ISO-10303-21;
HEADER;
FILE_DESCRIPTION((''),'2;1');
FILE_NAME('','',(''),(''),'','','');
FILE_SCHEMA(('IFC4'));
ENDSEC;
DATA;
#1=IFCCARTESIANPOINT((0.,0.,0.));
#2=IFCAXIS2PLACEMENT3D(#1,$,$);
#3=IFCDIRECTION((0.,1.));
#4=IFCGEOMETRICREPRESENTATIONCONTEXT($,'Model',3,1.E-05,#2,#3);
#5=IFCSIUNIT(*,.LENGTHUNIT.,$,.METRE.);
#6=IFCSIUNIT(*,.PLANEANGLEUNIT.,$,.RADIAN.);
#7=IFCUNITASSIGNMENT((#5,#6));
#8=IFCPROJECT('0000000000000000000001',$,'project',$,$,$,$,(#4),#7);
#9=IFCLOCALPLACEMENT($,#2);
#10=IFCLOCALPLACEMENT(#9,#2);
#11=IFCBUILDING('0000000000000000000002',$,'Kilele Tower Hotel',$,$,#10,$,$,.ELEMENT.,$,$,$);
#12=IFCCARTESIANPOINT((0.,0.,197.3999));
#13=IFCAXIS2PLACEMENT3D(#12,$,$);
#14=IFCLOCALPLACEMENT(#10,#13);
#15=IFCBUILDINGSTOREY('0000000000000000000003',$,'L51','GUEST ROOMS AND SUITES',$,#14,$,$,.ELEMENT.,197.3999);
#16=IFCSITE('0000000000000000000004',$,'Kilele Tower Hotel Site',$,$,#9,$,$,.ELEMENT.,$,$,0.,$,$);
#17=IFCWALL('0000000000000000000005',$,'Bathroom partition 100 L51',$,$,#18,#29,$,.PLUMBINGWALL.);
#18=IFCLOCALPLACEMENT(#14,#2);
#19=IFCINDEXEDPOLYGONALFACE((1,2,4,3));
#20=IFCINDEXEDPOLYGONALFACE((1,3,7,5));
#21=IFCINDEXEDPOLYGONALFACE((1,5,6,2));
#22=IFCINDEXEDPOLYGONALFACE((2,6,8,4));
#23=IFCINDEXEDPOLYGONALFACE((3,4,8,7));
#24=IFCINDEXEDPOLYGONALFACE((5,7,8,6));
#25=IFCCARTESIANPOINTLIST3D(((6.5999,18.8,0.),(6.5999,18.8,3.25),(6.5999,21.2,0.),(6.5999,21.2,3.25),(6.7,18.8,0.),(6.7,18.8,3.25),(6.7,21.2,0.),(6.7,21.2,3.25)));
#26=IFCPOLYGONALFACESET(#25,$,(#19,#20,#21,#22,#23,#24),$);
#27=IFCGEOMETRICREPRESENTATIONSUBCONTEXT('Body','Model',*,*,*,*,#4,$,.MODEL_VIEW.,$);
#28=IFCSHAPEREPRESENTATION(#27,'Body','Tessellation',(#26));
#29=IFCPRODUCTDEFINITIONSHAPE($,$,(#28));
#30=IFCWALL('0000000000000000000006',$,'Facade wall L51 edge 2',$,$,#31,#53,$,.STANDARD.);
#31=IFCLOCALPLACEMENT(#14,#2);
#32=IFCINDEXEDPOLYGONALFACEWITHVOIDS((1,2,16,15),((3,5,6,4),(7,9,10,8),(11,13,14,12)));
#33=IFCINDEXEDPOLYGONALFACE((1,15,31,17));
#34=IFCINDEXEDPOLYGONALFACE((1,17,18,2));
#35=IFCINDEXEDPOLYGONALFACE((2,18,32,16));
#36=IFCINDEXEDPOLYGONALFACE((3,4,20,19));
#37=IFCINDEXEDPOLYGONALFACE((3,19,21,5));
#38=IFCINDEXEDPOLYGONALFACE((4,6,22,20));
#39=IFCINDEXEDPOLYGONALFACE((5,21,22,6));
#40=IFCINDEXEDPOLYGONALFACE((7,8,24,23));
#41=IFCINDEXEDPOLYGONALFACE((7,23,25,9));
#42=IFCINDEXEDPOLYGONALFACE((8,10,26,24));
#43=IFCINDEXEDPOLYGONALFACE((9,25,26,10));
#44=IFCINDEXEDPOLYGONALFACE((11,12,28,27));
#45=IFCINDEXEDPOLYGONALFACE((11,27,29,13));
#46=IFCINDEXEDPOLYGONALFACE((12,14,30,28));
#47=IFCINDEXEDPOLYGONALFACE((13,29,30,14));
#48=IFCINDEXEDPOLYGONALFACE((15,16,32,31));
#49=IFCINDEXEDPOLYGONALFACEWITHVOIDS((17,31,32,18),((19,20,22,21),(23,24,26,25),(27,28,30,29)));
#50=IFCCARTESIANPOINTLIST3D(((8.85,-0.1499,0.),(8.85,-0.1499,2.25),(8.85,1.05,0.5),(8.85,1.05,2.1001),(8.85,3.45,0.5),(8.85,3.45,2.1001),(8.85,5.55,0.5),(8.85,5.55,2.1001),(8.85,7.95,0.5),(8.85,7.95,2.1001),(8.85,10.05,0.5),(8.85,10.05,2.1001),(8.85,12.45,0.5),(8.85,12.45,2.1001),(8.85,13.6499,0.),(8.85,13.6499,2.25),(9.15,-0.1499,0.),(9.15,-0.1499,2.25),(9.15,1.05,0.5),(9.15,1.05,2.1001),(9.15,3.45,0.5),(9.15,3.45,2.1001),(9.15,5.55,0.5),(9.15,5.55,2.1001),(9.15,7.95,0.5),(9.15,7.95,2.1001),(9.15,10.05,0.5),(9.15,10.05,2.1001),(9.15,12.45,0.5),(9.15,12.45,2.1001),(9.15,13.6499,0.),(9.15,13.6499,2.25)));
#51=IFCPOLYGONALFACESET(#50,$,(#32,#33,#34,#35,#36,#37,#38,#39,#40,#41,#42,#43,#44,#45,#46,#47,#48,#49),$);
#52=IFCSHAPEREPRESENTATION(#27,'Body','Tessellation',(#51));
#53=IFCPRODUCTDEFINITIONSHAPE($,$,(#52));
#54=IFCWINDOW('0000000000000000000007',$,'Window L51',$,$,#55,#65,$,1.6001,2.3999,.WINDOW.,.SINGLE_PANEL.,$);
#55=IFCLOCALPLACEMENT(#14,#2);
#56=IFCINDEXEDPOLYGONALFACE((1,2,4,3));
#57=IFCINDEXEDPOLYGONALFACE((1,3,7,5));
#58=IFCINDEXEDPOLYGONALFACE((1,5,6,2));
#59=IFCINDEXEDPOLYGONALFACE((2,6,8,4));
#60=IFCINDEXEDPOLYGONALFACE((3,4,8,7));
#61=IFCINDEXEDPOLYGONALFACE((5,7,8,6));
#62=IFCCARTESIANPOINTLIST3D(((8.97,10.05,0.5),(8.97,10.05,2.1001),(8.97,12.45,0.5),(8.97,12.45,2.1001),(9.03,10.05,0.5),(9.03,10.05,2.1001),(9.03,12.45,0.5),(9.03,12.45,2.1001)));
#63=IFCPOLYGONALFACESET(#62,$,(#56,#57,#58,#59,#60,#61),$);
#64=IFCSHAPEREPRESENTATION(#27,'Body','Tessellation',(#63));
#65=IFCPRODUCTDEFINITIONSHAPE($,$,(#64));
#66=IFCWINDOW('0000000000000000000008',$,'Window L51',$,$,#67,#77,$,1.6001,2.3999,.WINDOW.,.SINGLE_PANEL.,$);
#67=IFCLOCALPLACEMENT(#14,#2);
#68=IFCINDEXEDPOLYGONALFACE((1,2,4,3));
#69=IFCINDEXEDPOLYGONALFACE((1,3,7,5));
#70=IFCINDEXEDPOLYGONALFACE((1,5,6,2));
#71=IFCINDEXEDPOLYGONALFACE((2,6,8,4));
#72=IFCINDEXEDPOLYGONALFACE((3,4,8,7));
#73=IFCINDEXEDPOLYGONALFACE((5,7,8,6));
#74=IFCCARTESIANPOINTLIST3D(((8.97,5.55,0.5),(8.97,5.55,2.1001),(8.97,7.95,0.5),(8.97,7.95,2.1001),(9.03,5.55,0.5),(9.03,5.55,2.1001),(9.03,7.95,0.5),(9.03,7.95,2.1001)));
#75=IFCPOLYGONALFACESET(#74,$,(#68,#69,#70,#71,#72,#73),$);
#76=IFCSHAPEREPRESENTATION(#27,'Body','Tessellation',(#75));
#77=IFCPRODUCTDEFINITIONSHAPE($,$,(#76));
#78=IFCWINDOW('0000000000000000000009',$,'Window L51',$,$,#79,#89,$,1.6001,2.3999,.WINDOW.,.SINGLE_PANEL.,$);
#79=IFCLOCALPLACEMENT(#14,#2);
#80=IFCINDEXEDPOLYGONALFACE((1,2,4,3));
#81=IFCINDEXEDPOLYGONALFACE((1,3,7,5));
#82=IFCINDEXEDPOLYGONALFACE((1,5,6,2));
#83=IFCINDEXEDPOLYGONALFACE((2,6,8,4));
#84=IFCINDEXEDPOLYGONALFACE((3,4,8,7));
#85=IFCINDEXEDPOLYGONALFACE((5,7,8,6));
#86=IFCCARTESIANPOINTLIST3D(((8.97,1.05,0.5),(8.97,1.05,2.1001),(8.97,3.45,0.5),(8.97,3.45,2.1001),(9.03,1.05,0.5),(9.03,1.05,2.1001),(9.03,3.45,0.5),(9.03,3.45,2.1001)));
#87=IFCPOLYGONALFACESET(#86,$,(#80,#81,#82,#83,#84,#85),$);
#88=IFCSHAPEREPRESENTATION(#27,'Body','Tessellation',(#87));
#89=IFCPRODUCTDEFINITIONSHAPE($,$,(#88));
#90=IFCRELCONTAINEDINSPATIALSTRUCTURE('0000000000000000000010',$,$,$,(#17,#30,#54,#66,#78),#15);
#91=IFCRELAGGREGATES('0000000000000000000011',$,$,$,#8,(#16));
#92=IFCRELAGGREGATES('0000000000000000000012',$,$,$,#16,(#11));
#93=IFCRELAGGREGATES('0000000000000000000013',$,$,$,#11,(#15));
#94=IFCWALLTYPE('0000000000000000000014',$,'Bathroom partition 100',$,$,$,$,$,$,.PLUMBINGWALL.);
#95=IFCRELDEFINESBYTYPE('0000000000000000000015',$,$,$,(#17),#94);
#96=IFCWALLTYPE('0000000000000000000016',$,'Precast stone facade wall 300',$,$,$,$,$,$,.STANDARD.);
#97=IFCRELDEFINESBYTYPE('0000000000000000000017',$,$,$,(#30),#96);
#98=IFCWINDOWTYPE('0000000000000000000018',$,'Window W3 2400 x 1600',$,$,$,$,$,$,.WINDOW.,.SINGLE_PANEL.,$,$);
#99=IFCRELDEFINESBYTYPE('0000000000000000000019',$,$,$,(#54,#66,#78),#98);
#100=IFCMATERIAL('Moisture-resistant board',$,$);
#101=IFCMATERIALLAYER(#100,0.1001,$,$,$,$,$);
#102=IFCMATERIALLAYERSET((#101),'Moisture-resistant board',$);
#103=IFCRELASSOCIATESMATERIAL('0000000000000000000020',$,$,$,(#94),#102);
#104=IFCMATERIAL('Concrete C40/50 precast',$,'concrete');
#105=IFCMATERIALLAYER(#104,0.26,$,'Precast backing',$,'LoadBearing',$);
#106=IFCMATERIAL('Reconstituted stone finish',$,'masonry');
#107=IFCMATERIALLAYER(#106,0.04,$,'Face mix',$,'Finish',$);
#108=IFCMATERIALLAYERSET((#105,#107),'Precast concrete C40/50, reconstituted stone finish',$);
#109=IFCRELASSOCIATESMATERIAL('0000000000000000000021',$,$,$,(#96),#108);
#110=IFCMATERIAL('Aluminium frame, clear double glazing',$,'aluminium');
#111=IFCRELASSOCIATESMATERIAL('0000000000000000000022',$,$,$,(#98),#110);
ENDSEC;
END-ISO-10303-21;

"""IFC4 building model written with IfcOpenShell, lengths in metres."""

from ifc_helpers import new_model, si_unit, direction, frame, frame_2d, origin, place, context, subcontext, project, spatial, rectangle, extrude, material, layer, layer_set, type_object, element, fill, save


model = new_model("IFC4")

# Units and contexts
model_context = context("Model", 3, precision=1e-05, world=origin(), true_north=direction((0.0, 1.0)))
body_context = subcontext(model_context, "Body", "Model", "MODEL_VIEW")
ifc_project = project(units=[si_unit("LENGTHUNIT", "METRE"), si_unit("PLANEANGLEUNIT", "RADIAN")], contexts=[model_context])

# Site, building, storey
site_placement = place(None, origin())
site = spatial("IfcSite", under=ifc_project, at=site_placement, Name="Kilele Tower Hotel Site", CompositionType="ELEMENT", RefElevation=0.0)
building_placement = place(site_placement, origin())
building = spatial("IfcBuilding", under=site, at=building_placement, Name="Kilele Tower Hotel", CompositionType="ELEMENT")
storey_placement = place(building_placement, frame((0.0, 0.0, 197.3999)))
storey = spatial("IfcBuildingStorey", under=building, at=storey_placement, Name="L51", Description="GUEST ROOMS AND SUITES", CompositionType="ELEMENT", Elevation=197.3999)

# Shared definitions
ifc_material_1 = material(Name="Moisture-resistant board")
ifc_layer_1 = layer(ifc_material_1, 0.1001)
ifc_layer_set_1 = layer_set([ifc_layer_1], Name="Moisture-resistant board")
wall_type_1 = type_object("IfcWallType", Name="Bathroom partition 100", PredefinedType="PLUMBINGWALL", material=ifc_layer_set_1)

# Wall
for number, where, z_axis, x_axis, name in (
    (1, (6.6499, 18.8, 0.0), (0.0, 0.0, 1.0), (0.0, 1.0, 0.0), "Bathroom partition 100 L51"),
):
    element("IfcWall", number, at=place(storey_placement, frame(where, z_axis=z_axis, x_axis=x_axis)), inside=storey, type_object=wall_type_1, Name=name, PredefinedType="PLUMBINGWALL", context=body_context, shape_type="SweptSolid", body=[
        extrude(rectangle(XDim=2.3999, YDim=0.1001, at=frame_2d((1.2, 0.0))), origin(), (0.0, 0.0, 1.0), 3.25),
    ])

# Wall, openings, windows
ifc_material_2 = material(Name="Concrete C40/50 precast", Category="concrete")
ifc_layer_2 = layer(ifc_material_2, 0.26, Name="Precast backing", Category="LoadBearing")
ifc_material_3 = material(Name="Reconstituted stone finish", Category="masonry")
ifc_layer_3 = layer(ifc_material_3, 0.04, Name="Face mix", Category="Finish")
ifc_layer_set_2 = layer_set([ifc_layer_2, ifc_layer_3], Name="Precast concrete C40/50, reconstituted stone finish")
wall_type_2 = type_object("IfcWallType", Name="Precast stone facade wall 300", PredefinedType="STANDARD", material=ifc_layer_set_2)
wall_1_placement = place(storey_placement, frame((9.0, 13.6499, 0.0), z_axis=(0.0, 0.0, 1.0), x_axis=(0.0, -1.0, 0.0)))
wall_1 = element("IfcWall", 2, at=wall_1_placement, inside=storey, type_object=wall_type_2, Name="Facade wall L51 edge 2", PredefinedType="STANDARD", context=body_context, shape_type="SweptSolid", body=[
    extrude(rectangle(XDim=13.7998, YDim=0.3, at=frame_2d((6.8999, 0.0))), origin(), (0.0, 0.0, 1.0), 2.25),
])
opening_1_placement = place(wall_1_placement, frame((1.2, 0.0, 0.5)))
opening_1 = element("IfcOpeningElement", 3, at=opening_1_placement, cuts=wall_1, PredefinedType="OPENING", context=body_context, shape_type="SweptSolid", body=[
    extrude(rectangle(XDim=2.3999, YDim=1.6001, at=frame_2d((1.2, 0.8))), frame((0.0, 0.1599, 0.0), z_axis=(0.0, -1.0, 0.0), x_axis=(1.0, 0.0, 0.0)), (0.0, 0.0, 1.0), 0.3201),
])
opening_2_placement = place(wall_1_placement, frame((5.7, 0.0, 0.5)))
opening_2 = element("IfcOpeningElement", 4, at=opening_2_placement, cuts=wall_1, PredefinedType="OPENING", context=body_context, shape_type="SweptSolid", body=[
    extrude(rectangle(XDim=2.3999, YDim=1.6001, at=frame_2d((1.2, 0.8))), frame((0.0, 0.1599, 0.0), z_axis=(0.0, -1.0, 0.0), x_axis=(1.0, 0.0, 0.0)), (0.0, 0.0, 1.0), 0.3201),
])
opening_3_placement = place(wall_1_placement, frame((10.2, 0.0, 0.5)))
opening_3 = element("IfcOpeningElement", 5, at=opening_3_placement, cuts=wall_1, PredefinedType="OPENING", context=body_context, shape_type="SweptSolid", body=[
    extrude(rectangle(XDim=2.3999, YDim=1.6001, at=frame_2d((1.2, 0.8))), frame((0.0, 0.1599, 0.0), z_axis=(0.0, -1.0, 0.0), x_axis=(1.0, 0.0, 0.0)), (0.0, 0.0, 1.0), 0.3201),
])
ifc_material_4 = material(Name="Aluminium frame, clear double glazing", Category="aluminium")
window_type = type_object("IfcWindowType", Name="Window W3 2400 x 1600", PartitioningType="SINGLE_PANEL", PredefinedType="WINDOW", material=ifc_material_4)
window_1_placement = place(opening_1_placement, origin())
window_1 = element("IfcWindow", 6, at=window_1_placement, inside=storey, type_object=window_type, Name="Window L51", OverallHeight=1.6001, OverallWidth=2.3999, PartitioningType="SINGLE_PANEL", PredefinedType="WINDOW", context=body_context, shape_type="SweptSolid", body=[
    extrude(rectangle(XDim=2.3999, YDim=1.6001, at=frame_2d((1.2, 0.8))), frame((0.0, 0.03, 0.0), z_axis=(0.0, -1.0, 0.0), x_axis=(1.0, 0.0, 0.0)), (0.0, 0.0, 1.0), 0.0601),
])
fill(opening_1, window_1)
window_2_placement = place(opening_2_placement, origin())
window_2 = element("IfcWindow", 7, at=window_2_placement, inside=storey, type_object=window_type, Name="Window L51", OverallHeight=1.6001, OverallWidth=2.3999, PartitioningType="SINGLE_PANEL", PredefinedType="WINDOW", context=body_context, shape_type="SweptSolid", body=[
    extrude(rectangle(XDim=2.3999, YDim=1.6001, at=frame_2d((1.2, 0.8))), frame((0.0, 0.03, 0.0), z_axis=(0.0, -1.0, 0.0), x_axis=(1.0, 0.0, 0.0)), (0.0, 0.0, 1.0), 0.0601),
])
fill(opening_2, window_2)
window_3_placement = place(opening_3_placement, origin())
window_3 = element("IfcWindow", 8, at=window_3_placement, inside=storey, type_object=window_type, Name="Window L51", OverallHeight=1.6001, OverallWidth=2.3999, PartitioningType="SINGLE_PANEL", PredefinedType="WINDOW", context=body_context, shape_type="SweptSolid", body=[
    extrude(rectangle(XDim=2.3999, YDim=1.6001, at=frame_2d((1.2, 0.8))), frame((0.0, 0.03, 0.0), z_axis=(0.0, -1.0, 0.0), x_axis=(1.0, 0.0, 0.0)), (0.0, 0.0, 1.0), 0.0601),
])
fill(opening_3, window_3)

save(model, "model.ifc")
